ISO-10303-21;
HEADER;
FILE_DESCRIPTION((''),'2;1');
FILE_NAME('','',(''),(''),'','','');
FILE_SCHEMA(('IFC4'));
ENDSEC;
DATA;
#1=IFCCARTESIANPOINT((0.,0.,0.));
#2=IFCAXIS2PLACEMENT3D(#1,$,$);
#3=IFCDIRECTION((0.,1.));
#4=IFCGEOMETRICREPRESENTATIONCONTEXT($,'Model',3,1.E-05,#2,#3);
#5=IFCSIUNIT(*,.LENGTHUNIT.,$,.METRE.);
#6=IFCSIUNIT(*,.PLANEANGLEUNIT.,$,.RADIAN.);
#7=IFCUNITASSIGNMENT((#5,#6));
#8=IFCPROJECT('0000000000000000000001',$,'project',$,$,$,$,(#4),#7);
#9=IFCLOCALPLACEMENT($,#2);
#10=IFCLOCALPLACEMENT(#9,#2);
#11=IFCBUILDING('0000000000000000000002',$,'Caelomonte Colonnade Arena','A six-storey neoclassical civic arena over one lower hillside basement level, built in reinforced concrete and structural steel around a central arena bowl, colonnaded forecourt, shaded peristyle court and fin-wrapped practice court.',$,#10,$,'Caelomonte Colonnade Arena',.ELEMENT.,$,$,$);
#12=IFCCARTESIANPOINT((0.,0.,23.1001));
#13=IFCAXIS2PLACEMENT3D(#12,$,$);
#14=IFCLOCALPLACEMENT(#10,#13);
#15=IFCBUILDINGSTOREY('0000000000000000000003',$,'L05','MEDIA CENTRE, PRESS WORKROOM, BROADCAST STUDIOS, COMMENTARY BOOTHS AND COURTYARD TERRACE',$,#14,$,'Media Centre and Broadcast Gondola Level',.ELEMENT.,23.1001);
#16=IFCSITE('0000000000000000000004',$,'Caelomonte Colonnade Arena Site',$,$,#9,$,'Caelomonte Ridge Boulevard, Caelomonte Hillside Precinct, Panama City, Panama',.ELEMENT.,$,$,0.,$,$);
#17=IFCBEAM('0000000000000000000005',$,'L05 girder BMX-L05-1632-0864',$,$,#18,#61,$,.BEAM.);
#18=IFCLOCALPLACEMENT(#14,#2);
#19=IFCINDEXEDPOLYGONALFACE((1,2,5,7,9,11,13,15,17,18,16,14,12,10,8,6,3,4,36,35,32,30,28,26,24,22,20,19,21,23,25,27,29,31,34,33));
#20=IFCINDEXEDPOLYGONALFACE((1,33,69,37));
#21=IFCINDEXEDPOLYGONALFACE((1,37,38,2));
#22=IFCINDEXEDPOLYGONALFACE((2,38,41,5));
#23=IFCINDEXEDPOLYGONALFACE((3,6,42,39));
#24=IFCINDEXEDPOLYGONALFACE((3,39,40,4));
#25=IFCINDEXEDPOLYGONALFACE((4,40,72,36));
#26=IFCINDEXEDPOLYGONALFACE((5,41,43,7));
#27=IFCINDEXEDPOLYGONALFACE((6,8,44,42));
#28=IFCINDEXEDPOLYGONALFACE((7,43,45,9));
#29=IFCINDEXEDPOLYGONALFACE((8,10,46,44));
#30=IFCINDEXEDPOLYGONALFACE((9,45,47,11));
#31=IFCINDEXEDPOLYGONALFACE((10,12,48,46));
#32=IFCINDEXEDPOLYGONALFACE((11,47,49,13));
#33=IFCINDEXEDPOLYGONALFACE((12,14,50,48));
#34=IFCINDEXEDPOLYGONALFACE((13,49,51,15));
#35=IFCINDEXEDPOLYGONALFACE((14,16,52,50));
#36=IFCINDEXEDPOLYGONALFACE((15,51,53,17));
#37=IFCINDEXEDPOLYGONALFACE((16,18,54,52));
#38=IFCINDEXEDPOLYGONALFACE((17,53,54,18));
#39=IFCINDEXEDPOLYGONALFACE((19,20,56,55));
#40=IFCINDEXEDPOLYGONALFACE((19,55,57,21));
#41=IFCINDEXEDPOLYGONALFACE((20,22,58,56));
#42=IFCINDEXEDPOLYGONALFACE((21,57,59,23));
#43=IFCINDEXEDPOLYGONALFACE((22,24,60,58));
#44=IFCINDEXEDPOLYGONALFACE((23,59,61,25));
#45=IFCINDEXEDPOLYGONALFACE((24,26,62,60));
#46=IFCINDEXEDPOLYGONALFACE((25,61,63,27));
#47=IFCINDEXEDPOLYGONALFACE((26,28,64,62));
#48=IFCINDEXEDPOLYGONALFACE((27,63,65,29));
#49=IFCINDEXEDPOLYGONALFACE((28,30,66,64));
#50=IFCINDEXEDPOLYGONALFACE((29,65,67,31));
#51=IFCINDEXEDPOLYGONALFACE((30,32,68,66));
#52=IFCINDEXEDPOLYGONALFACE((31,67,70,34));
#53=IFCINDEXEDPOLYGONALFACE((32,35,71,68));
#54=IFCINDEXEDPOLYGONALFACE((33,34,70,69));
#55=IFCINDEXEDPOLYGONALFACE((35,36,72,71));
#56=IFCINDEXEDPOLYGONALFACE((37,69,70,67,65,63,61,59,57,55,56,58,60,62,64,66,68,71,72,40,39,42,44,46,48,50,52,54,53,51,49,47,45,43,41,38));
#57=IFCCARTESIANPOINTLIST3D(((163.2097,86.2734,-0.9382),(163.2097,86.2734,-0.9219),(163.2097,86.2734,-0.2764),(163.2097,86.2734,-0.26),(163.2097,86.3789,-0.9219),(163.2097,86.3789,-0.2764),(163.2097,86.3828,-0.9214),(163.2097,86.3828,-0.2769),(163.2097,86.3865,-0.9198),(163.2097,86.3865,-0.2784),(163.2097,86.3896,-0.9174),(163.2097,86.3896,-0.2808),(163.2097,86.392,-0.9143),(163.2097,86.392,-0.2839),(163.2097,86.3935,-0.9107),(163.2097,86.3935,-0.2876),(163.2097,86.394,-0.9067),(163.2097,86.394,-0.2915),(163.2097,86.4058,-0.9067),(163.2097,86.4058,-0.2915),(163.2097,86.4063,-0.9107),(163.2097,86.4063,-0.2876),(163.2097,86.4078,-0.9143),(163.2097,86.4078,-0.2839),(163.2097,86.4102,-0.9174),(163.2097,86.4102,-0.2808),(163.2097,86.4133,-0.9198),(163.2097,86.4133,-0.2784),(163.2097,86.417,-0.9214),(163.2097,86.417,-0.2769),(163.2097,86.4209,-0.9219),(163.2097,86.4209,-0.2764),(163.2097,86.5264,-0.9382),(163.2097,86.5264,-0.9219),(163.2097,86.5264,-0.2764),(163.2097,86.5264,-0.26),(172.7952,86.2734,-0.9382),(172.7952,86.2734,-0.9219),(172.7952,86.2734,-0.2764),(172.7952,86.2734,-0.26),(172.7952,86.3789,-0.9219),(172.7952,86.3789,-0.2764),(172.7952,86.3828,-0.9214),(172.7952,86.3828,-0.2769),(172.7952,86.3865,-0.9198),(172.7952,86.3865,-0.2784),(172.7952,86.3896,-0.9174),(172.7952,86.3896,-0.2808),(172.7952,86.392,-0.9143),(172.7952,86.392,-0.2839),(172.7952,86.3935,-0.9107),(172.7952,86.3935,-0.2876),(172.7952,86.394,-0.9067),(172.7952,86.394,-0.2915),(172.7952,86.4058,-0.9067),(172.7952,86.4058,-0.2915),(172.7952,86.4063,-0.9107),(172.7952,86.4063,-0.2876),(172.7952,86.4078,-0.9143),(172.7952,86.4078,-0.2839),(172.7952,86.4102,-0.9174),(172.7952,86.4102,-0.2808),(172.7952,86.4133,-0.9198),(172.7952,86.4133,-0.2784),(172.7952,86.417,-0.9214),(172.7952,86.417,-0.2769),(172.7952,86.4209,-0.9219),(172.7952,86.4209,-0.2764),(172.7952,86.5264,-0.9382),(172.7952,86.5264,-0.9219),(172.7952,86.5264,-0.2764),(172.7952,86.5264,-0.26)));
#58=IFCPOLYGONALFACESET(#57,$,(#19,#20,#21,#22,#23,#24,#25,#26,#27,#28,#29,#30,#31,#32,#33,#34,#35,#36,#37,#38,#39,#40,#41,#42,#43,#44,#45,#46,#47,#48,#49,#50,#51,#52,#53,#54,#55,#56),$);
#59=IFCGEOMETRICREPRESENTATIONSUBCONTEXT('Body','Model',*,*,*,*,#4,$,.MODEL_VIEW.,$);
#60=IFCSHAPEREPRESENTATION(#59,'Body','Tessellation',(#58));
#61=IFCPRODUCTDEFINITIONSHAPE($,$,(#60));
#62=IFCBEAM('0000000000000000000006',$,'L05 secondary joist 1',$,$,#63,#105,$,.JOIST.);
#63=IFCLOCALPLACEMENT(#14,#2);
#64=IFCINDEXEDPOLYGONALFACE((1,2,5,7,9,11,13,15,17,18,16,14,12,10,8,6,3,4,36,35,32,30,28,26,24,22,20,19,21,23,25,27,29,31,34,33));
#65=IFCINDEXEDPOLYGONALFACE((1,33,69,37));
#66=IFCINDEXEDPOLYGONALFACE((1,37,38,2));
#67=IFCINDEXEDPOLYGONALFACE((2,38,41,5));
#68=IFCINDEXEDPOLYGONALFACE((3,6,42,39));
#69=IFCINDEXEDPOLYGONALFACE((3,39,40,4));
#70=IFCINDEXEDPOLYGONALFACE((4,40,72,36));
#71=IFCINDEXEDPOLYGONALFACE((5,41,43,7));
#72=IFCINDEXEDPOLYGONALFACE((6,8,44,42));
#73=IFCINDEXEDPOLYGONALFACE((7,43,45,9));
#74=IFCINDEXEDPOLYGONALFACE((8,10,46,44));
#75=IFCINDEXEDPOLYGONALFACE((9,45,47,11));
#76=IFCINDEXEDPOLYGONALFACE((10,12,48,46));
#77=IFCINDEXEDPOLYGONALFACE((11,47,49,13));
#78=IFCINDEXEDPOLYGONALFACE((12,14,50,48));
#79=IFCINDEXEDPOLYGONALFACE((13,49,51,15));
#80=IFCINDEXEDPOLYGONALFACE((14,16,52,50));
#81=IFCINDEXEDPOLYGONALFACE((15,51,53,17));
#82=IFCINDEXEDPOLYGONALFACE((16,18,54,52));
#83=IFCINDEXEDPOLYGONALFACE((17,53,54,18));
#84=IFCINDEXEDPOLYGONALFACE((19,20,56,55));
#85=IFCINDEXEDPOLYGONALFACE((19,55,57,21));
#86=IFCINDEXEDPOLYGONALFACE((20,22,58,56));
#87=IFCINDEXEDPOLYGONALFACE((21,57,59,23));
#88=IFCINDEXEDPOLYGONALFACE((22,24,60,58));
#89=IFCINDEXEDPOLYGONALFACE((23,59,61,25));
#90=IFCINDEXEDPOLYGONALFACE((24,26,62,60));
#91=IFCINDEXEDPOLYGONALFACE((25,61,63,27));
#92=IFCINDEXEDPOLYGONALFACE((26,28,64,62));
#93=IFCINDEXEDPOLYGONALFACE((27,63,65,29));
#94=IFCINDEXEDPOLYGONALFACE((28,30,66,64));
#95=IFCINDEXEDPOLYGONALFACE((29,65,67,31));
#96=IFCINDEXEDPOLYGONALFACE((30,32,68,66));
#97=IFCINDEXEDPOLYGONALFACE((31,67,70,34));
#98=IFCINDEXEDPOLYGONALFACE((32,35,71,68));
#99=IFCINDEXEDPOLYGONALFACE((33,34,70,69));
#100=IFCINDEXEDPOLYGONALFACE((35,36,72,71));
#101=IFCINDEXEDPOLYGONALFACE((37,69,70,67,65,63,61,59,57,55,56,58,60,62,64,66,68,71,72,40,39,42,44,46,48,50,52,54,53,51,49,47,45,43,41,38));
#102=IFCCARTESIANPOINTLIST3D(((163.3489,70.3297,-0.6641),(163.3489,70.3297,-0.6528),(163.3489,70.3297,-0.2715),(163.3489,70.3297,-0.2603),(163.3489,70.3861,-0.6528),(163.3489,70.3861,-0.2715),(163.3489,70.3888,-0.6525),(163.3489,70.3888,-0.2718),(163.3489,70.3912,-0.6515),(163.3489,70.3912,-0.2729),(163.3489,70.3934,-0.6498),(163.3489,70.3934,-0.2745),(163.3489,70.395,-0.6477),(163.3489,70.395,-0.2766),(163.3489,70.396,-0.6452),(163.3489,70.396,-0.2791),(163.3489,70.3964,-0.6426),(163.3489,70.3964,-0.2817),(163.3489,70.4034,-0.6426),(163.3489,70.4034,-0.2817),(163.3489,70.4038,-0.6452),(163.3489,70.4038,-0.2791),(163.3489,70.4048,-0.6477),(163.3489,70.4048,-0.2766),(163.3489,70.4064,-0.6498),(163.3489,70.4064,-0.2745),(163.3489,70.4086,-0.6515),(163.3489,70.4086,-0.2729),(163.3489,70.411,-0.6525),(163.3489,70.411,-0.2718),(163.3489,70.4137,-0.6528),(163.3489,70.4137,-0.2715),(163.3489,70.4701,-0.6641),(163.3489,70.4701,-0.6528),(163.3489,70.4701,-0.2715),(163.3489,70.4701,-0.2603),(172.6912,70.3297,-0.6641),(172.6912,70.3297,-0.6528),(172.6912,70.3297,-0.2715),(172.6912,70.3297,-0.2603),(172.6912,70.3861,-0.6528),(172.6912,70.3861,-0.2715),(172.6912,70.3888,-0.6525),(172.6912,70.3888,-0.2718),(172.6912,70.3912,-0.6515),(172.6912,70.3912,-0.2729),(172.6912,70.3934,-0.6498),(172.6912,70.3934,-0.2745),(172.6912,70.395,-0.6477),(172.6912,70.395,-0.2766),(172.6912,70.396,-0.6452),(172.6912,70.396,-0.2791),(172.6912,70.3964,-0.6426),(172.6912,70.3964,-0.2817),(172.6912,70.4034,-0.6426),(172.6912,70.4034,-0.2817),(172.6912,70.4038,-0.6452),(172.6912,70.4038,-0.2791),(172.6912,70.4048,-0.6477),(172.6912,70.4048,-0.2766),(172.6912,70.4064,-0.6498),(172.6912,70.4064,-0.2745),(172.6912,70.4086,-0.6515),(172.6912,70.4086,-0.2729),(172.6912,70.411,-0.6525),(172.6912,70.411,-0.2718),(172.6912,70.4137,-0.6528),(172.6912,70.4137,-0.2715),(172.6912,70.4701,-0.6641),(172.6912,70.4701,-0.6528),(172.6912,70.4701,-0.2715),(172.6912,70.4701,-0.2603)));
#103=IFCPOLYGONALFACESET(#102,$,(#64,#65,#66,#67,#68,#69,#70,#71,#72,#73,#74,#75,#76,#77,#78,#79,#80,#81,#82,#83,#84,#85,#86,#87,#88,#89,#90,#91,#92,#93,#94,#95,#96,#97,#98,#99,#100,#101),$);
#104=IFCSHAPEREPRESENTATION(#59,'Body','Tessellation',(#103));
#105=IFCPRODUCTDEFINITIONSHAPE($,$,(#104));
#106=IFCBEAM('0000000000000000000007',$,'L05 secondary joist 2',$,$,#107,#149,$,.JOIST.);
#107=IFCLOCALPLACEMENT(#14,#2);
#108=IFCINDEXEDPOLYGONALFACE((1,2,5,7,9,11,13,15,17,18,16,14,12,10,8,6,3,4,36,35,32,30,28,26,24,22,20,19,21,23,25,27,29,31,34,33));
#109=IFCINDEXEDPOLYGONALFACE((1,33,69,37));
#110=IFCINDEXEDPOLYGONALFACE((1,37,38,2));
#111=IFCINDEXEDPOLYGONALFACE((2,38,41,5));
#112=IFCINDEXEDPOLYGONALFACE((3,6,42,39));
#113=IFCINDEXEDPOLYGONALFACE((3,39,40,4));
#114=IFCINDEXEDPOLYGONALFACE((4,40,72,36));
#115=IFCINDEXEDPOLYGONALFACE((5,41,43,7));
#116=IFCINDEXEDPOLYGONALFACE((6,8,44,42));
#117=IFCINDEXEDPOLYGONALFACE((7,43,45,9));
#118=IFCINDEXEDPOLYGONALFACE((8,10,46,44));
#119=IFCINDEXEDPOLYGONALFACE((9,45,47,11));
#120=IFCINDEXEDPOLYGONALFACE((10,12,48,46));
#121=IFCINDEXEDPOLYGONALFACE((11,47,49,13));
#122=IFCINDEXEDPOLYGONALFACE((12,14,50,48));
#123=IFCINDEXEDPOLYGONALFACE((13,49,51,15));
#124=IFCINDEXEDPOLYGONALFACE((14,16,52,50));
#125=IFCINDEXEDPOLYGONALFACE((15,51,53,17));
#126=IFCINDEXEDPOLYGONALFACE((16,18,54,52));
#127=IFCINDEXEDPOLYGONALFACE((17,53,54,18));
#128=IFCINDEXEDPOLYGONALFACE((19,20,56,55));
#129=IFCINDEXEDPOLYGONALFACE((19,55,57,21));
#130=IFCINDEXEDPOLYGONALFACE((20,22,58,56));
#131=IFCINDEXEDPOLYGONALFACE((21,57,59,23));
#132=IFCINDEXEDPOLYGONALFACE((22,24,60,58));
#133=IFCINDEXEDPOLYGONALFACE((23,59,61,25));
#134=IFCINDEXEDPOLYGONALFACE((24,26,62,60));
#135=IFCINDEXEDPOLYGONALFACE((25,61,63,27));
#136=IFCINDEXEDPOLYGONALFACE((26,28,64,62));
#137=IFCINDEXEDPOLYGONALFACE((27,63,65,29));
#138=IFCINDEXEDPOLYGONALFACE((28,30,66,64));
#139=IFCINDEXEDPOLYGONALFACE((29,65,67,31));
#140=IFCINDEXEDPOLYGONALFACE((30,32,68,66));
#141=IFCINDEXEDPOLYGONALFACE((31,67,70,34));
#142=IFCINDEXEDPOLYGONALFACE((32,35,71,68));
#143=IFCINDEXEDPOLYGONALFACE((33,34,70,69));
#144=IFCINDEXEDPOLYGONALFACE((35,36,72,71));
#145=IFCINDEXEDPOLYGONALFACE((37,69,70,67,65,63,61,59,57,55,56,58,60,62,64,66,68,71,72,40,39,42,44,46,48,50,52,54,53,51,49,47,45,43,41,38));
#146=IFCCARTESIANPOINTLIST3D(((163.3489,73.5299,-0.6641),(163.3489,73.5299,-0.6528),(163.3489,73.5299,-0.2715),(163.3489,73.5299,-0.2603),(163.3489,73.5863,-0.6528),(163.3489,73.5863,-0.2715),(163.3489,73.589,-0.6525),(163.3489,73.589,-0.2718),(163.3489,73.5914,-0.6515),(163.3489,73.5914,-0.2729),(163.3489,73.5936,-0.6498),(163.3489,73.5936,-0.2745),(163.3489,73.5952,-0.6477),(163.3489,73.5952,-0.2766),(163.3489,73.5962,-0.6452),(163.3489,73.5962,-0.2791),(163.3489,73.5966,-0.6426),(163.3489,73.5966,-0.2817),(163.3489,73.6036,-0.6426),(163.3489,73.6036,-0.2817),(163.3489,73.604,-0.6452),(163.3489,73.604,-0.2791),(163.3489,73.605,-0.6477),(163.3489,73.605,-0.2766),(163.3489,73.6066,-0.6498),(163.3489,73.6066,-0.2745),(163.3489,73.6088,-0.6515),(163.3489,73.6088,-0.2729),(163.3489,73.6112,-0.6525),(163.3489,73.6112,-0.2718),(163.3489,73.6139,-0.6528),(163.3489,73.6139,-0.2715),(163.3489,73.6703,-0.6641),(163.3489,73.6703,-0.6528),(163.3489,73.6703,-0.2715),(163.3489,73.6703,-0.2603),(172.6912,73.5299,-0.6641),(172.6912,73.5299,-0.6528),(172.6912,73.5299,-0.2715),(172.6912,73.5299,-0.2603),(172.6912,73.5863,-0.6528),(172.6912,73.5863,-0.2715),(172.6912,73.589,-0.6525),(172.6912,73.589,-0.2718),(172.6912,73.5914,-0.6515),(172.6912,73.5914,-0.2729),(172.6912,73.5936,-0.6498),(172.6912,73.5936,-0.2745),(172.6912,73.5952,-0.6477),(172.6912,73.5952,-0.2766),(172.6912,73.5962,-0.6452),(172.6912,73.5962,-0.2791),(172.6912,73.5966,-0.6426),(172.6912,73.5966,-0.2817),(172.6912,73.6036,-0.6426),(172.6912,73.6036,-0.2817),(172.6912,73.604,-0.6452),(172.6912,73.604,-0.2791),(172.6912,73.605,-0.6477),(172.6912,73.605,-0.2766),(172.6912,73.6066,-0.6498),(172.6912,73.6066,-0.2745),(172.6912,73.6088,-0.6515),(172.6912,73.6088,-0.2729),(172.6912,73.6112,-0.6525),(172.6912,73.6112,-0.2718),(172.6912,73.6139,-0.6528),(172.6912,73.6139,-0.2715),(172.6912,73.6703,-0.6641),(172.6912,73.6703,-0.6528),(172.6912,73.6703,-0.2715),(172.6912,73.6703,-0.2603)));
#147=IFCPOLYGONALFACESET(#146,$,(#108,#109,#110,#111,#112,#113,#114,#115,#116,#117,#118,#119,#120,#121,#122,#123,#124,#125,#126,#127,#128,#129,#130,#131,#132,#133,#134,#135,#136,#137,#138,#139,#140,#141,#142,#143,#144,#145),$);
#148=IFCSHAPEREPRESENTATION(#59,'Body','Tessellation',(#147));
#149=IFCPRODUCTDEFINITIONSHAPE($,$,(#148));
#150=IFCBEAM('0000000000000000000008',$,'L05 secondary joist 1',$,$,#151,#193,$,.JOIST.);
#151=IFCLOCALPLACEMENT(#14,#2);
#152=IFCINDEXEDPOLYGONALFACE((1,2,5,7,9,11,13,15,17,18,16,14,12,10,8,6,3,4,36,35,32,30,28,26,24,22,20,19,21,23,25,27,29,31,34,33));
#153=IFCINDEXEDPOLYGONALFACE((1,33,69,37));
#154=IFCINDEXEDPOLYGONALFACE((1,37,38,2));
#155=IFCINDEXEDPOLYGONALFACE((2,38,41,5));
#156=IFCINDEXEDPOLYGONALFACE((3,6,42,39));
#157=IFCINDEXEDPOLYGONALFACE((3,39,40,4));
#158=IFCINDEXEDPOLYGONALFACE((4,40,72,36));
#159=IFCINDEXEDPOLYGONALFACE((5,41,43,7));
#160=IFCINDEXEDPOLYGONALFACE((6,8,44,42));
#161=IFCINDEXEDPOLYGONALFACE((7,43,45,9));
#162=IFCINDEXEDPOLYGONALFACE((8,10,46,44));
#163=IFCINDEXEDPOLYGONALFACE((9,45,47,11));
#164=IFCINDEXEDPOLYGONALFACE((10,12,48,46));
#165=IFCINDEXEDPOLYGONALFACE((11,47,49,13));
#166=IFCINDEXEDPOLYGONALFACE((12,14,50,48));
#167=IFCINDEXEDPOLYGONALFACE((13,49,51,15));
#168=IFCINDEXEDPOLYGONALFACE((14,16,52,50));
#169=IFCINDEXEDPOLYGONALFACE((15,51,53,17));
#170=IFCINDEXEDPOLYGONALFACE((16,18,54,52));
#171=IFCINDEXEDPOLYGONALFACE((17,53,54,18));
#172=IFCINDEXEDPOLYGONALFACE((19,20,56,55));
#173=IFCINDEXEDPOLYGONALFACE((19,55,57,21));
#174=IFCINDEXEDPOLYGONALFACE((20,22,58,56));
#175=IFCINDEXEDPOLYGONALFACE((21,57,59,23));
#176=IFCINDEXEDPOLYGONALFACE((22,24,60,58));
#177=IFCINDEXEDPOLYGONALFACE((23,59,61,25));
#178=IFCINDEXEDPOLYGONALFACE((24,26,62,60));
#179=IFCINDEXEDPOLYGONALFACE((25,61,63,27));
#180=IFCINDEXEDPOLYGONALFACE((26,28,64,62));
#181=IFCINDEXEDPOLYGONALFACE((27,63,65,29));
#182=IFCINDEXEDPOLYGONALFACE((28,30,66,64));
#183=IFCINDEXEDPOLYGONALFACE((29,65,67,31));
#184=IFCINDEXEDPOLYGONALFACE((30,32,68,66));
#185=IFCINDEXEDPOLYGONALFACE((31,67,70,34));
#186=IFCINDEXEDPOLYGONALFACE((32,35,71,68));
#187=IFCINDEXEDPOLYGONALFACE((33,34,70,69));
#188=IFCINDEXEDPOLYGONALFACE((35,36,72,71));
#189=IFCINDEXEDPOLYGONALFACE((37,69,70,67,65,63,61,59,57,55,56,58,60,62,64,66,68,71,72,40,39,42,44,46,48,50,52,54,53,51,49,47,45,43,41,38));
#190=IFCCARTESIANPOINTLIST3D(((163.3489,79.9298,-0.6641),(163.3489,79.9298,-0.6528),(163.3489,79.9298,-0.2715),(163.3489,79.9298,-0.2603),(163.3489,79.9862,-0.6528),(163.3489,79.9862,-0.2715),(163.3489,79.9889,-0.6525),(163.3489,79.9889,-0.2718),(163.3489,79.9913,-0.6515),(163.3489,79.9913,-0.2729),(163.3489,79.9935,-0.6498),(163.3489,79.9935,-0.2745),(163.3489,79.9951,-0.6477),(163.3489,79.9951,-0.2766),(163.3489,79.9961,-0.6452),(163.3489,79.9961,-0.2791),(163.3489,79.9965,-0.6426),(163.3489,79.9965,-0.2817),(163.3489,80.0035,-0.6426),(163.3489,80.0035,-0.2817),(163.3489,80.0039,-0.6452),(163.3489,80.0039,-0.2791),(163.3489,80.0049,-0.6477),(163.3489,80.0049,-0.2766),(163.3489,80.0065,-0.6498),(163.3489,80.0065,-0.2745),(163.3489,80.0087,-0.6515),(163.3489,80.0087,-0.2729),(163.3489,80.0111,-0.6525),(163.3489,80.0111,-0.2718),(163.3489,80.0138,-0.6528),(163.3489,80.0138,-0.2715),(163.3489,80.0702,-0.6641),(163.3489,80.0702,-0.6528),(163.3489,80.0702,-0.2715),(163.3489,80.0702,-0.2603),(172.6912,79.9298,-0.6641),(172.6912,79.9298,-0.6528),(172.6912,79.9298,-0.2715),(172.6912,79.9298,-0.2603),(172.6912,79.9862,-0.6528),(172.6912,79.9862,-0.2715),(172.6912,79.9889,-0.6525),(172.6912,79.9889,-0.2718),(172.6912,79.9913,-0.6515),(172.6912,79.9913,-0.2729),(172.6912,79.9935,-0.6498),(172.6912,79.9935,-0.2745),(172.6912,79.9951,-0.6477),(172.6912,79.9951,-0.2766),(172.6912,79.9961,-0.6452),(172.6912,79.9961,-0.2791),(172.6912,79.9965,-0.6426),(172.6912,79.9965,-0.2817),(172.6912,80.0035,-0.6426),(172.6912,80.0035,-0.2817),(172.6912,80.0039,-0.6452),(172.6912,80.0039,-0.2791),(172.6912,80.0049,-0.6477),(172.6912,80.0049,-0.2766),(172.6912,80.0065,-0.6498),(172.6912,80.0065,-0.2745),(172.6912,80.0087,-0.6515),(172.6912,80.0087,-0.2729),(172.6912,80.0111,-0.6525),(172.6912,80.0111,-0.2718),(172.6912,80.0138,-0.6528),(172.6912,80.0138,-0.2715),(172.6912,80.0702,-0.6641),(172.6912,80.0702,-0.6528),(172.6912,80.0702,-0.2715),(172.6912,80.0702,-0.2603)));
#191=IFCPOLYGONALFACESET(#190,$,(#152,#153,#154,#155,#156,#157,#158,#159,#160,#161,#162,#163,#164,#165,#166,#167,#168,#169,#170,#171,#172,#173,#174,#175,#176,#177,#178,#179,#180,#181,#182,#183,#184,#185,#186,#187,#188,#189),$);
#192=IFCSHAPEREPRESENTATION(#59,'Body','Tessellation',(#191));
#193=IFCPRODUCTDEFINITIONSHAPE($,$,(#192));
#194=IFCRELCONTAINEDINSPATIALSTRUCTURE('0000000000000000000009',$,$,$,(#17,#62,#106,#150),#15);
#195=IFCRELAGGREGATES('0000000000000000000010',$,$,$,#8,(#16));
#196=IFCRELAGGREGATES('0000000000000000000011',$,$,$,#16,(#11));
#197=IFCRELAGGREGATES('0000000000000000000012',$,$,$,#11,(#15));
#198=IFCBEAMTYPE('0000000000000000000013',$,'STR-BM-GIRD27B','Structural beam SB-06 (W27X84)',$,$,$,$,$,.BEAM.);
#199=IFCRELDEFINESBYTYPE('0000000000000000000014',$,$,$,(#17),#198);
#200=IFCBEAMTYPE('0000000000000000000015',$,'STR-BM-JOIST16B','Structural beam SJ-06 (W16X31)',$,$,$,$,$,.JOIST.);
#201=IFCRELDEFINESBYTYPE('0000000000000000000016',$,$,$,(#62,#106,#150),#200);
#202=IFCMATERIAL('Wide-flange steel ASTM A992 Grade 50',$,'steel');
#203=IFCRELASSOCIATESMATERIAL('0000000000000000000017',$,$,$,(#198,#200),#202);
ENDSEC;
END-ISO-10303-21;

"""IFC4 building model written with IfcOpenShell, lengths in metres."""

from ifc_helpers import new_model, si_unit, direction, frame, origin, origin_2d, place, context, subcontext, project, spatial, i_section, extrude, material, material_profile, profile_set, type_object, element, save


model = new_model("IFC4")

# Units and contexts
model_context = context("Model", 3, precision=1e-05, world=origin(), true_north=direction((0.0, 1.0)))
body_context = subcontext(model_context, "Body", "Model", "MODEL_VIEW")
ifc_project = project(units=[si_unit("LENGTHUNIT", "METRE"), si_unit("PLANEANGLEUNIT", "RADIAN")], contexts=[model_context])

# Site, building, storey
site_placement = place(None, origin())
site = spatial("IfcSite", under=ifc_project, at=site_placement, Name="Caelomonte Colonnade Arena Site", LongName="Caelomonte Ridge Boulevard, Caelomonte Hillside Precinct, Panama City, Panama", CompositionType="ELEMENT", RefElevation=0.0)
building_placement = place(site_placement, origin())
building = spatial("IfcBuilding", under=site, at=building_placement, Name="Caelomonte Colonnade Arena", Description="A six-storey neoclassical civic arena over one lower hillside basement level, built in reinforced concrete and structural steel around a central arena bowl, colonnaded forecourt, shaded peristyle court and fin-wrapped practice court.", LongName="Caelomonte Colonnade Arena", CompositionType="ELEMENT")
storey_placement = place(building_placement, frame((0.0, 0.0, 23.1001)))
storey = spatial("IfcBuildingStorey", under=building, at=storey_placement, Name="L05", Description="MEDIA CENTRE, PRESS WORKROOM, BROADCAST STUDIOS, COMMENTARY BOOTHS AND COURTYARD TERRACE", LongName="Media Centre and Broadcast Gondola Level", CompositionType="ELEMENT", Elevation=23.1001)

# Shared definitions
ifc_material_1 = material(Name="Wide-flange steel ASTM A992 Grade 50", Category="steel")

# Beams
ifc_material_profile_1 = material_profile(ifc_material_1, i_section(OverallWidth=0.2529, OverallDepth=0.6782, WebThickness=0.0117, FlangeThickness=0.0164, FilletRadius=0.0151, at=origin_2d()), Name="W27X84")
ifc_profile_set_1 = profile_set([ifc_material_profile_1], Name="Wide-flange steel ASTM A992 Grade 50")
beam_type_1 = type_object("IfcBeamType", Name="STR-BM-GIRD27B", Description="Structural beam SB-06 (W27X84)", PredefinedType="BEAM", material=ifc_profile_set_1)
beam_1_placement = place(storey_placement, frame((163.2097, 86.3999, -0.5991), z_axis=(1.0, 0.0, 0.0), x_axis=(0.0, 1.0, 0.0)))
element("IfcBeam", 1, at=beam_1_placement, inside=storey, type_object=beam_type_1, Name="L05 girder BMX-L05-1632-0864", PredefinedType="BEAM", context=body_context, shape_type="SweptSolid", body=[
    extrude(i_section(OverallWidth=0.2529, OverallDepth=0.6782, WebThickness=0.0117, FlangeThickness=0.0164, FilletRadius=0.0151, at=origin_2d()), origin(), (0.0, 0.0, 1.0), 9.5854),
])
ifc_material_profile_2 = material_profile(ifc_material_1, i_section(OverallWidth=0.1404, OverallDepth=0.4038, WebThickness=0.0071, FlangeThickness=0.0112, FilletRadius=0.0103, at=origin_2d()), Name="W16X31")
ifc_profile_set_2 = profile_set([ifc_material_profile_2], Name="Wide-flange steel ASTM A992 Grade 50")
beam_type_2 = type_object("IfcBeamType", Name="STR-BM-JOIST16B", Description="Structural beam SJ-06 (W16X31)", PredefinedType="JOIST", material=ifc_profile_set_2)
for number, where, z_axis, x_axis, name in (
    (2, (163.3489, 70.3999, -0.4622), (1.0, 0.0, 0.0), (0.0, 1.0, 0.0), "L05 secondary joist 1"),
    (3, (163.3489, 73.6001, -0.4622), (1.0, 0.0, 0.0), (0.0, 1.0, 0.0), "L05 secondary joist 2"),
    (4, (163.3489, 80.0, -0.4622), (1.0, 0.0, 0.0), (0.0, 1.0, 0.0), "L05 secondary joist 1"),
):
    element("IfcBeam", number, at=place(storey_placement, frame(where, z_axis=z_axis, x_axis=x_axis)), inside=storey, type_object=beam_type_2, Name=name, PredefinedType="JOIST", context=body_context, shape_type="SweptSolid", body=[
        extrude(i_section(OverallWidth=0.1404, OverallDepth=0.4038, WebThickness=0.0071, FlangeThickness=0.0112, FilletRadius=0.0103, at=origin_2d()), origin(), (0.0, 0.0, 1.0), 9.3423),
    ])

save(model, "model.ifc")
